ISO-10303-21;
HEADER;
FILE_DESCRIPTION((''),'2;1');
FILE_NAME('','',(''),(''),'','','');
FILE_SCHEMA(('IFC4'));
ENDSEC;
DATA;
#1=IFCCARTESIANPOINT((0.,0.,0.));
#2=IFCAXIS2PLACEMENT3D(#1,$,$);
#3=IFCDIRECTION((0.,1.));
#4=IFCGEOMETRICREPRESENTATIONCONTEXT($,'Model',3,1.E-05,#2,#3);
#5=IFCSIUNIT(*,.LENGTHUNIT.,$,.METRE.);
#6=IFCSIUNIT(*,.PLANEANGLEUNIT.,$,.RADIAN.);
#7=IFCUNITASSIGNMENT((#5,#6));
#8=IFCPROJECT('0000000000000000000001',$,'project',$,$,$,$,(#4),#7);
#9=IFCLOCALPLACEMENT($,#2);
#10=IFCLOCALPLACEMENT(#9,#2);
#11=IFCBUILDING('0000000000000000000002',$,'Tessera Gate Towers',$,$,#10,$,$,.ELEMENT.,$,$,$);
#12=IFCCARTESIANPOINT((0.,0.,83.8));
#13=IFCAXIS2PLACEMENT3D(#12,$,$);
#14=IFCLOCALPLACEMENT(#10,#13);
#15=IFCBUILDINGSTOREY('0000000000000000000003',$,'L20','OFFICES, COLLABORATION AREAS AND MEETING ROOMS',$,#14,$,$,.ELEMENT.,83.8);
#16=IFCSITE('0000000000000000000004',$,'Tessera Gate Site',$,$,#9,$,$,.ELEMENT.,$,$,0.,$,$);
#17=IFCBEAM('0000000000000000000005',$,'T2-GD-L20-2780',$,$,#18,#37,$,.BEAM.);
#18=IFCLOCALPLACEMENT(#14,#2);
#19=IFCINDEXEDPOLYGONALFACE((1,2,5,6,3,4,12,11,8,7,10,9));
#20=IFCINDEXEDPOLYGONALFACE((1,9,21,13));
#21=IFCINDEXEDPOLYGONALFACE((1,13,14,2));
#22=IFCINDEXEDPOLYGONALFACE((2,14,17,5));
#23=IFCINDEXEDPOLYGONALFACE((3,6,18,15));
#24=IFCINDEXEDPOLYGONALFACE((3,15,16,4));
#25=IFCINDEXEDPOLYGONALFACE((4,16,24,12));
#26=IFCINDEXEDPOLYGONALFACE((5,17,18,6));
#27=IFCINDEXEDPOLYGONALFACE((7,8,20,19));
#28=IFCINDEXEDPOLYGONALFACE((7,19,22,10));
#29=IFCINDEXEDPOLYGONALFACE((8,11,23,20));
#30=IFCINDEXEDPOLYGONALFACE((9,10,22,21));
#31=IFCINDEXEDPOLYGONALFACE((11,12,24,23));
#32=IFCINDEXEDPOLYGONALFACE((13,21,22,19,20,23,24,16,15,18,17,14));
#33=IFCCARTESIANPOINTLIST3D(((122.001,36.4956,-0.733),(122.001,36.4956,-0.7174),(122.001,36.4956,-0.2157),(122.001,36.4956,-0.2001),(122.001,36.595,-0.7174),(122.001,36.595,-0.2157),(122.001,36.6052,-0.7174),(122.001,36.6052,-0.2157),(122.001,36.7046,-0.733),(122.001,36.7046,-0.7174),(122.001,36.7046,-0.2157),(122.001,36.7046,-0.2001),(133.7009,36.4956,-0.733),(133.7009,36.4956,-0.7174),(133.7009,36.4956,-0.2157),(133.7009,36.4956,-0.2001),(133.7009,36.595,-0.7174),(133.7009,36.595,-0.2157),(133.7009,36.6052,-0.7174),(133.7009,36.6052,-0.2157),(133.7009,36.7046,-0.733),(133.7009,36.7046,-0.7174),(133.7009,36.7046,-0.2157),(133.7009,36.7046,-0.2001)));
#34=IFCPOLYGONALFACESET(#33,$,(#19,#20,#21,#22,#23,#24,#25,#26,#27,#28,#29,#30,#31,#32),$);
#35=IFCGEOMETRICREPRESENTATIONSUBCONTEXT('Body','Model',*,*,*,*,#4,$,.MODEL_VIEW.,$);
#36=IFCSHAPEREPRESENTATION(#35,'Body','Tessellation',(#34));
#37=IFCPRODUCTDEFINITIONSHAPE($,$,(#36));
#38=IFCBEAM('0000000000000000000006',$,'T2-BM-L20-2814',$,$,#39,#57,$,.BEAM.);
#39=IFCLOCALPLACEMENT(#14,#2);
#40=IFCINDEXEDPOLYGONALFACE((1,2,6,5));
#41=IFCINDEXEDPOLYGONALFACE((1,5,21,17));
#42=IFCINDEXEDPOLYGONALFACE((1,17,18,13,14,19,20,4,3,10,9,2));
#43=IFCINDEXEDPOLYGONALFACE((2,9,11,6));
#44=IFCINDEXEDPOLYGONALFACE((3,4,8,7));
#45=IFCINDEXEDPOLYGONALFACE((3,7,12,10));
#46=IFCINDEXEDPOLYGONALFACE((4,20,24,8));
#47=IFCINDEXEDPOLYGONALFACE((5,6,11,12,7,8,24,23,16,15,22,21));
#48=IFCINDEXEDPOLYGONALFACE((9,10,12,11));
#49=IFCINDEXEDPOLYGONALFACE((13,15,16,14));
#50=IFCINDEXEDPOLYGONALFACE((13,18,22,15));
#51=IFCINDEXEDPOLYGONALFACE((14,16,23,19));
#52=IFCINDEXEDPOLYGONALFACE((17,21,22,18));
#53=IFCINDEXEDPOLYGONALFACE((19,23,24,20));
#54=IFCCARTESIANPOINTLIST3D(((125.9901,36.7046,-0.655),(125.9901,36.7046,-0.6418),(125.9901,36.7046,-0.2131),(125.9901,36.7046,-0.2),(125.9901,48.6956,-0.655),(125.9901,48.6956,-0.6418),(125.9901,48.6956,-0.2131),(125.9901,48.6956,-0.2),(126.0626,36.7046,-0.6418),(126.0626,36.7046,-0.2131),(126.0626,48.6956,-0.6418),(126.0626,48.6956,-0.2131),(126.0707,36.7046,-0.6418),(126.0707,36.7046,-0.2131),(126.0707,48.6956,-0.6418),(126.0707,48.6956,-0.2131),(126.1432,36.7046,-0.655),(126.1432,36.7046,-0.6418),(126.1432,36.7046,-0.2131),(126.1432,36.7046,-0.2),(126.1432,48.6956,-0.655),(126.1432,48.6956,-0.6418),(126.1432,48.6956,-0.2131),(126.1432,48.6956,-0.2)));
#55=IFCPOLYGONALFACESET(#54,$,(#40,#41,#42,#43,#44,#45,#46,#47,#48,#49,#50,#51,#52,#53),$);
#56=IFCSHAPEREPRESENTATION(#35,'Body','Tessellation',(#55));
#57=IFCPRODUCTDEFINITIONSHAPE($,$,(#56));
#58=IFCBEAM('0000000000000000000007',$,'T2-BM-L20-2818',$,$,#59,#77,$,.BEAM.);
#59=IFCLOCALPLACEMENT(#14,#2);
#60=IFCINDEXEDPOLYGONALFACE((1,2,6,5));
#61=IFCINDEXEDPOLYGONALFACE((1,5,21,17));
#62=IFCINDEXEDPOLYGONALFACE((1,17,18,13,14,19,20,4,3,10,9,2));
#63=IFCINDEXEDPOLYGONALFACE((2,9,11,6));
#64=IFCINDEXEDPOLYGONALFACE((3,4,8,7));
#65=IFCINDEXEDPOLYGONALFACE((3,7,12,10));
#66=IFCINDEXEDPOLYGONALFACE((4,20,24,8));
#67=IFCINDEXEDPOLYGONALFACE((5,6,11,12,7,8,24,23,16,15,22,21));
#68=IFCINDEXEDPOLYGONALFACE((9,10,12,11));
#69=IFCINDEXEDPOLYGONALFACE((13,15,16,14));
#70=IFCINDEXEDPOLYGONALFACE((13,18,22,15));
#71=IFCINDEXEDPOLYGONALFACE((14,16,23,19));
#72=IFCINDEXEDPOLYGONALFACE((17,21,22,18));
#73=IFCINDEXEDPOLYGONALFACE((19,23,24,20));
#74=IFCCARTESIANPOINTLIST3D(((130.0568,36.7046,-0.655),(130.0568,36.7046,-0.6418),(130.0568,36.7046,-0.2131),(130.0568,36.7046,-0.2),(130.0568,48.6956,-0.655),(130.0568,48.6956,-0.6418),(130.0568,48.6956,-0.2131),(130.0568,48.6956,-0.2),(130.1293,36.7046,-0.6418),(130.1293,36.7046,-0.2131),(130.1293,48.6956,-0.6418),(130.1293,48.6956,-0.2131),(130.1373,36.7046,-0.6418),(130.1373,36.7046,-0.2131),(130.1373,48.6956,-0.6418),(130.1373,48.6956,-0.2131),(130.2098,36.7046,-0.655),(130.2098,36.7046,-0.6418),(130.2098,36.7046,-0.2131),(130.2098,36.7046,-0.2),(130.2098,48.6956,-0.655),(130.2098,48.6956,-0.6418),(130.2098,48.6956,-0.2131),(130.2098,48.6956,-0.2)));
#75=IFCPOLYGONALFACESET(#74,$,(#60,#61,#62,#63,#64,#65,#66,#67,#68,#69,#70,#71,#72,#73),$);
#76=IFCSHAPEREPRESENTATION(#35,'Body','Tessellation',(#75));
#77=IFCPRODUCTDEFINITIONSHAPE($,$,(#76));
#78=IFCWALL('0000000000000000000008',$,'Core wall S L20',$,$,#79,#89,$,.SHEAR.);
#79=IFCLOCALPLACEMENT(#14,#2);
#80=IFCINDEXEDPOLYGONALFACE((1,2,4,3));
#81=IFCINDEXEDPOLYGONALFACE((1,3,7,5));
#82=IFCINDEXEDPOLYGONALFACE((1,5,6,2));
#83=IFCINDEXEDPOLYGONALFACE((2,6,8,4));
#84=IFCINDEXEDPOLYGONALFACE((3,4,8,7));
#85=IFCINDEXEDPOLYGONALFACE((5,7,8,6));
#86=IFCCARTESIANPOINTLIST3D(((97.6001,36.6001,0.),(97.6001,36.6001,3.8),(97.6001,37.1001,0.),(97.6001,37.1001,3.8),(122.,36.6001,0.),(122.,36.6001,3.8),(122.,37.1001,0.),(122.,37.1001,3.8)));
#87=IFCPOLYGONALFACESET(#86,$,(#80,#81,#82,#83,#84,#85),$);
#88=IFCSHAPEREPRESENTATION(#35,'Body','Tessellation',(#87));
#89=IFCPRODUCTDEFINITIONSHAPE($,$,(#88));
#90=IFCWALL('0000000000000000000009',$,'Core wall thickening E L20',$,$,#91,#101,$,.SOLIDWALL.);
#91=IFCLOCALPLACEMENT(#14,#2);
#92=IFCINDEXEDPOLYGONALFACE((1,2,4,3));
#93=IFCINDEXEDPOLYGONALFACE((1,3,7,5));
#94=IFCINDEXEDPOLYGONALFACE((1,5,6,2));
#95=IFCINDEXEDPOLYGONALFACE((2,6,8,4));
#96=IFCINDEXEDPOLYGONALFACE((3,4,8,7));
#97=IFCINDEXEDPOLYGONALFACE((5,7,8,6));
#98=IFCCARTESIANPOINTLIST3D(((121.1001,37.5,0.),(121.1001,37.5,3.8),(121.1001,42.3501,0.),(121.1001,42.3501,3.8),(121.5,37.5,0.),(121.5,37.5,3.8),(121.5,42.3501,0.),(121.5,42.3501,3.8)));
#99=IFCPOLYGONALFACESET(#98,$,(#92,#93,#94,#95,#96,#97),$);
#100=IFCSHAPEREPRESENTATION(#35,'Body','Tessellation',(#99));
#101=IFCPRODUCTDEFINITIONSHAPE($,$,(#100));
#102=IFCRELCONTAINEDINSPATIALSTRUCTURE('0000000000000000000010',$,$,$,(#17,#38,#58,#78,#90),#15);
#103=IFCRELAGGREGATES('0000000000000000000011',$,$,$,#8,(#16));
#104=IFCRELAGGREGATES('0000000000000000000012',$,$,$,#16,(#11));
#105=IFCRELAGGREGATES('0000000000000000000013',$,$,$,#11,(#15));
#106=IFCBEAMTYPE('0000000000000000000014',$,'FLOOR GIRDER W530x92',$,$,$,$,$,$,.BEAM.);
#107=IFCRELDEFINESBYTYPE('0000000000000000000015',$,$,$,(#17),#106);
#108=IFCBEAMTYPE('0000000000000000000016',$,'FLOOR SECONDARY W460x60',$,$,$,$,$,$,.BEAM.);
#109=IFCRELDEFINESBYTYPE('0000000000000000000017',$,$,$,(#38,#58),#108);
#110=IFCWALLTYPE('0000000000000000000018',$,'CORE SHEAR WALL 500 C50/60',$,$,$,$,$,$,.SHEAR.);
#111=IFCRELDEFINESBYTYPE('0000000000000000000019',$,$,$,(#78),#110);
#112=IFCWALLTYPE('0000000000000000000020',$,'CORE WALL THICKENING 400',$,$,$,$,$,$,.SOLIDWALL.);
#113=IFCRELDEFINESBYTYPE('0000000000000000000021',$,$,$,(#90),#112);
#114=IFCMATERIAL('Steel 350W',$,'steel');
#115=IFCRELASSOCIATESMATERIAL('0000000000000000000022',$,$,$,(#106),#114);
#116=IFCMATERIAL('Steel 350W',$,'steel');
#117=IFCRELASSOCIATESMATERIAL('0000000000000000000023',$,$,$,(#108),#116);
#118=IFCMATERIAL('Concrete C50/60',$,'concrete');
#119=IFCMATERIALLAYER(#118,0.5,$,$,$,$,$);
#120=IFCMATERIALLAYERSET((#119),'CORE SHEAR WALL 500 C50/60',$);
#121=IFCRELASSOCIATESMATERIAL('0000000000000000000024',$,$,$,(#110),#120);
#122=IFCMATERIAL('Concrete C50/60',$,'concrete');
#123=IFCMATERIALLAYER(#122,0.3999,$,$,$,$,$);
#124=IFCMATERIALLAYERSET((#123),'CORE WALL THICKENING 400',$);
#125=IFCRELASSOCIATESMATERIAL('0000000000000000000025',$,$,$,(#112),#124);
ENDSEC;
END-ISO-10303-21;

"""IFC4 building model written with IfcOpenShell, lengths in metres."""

from ifc_helpers import new_model, si_unit, direction, frame, frame_2d, origin, origin_2d, place, context, subcontext, project, spatial, rectangle, i_section, extrude, material, layer, layer_set, material_profile, profile_set, type_object, element, save


model = new_model("IFC4")

# Units and contexts
model_context = context("Model", 3, precision=1e-05, world=origin(), true_north=direction((0.0, 1.0)))
body_context = subcontext(model_context, "Body", "Model", "MODEL_VIEW")
ifc_project = project(units=[si_unit("LENGTHUNIT", "METRE"), si_unit("PLANEANGLEUNIT", "RADIAN")], contexts=[model_context])

# Site, building, storey
site_placement = place(None, origin())
site = spatial("IfcSite", under=ifc_project, at=site_placement, Name="Tessera Gate Site", CompositionType="ELEMENT", RefElevation=0.0)
building_placement = place(site_placement, origin())
building = spatial("IfcBuilding", under=site, at=building_placement, Name="Tessera Gate Towers", CompositionType="ELEMENT")
storey_placement = place(building_placement, frame((0.0, 0.0, 83.8)))
storey = spatial("IfcBuildingStorey", under=building, at=storey_placement, Name="L20", Description="OFFICES, COLLABORATION AREAS AND MEETING ROOMS", CompositionType="ELEMENT", Elevation=83.8)

# Beams
ifc_material_1 = material(Name="Steel 350W", Category="steel")
ifc_material_profile_1 = material_profile(ifc_material_1, i_section(OverallWidth=0.209, OverallDepth=0.533, WebThickness=0.0103, FlangeThickness=0.0156, at=origin_2d()), Name="W530x92")
ifc_profile_set_1 = profile_set([ifc_material_profile_1], Name="Steel 350W")
beam_type_1 = type_object("IfcBeamType", Name="FLOOR GIRDER W530x92", PredefinedType="BEAM", material=ifc_profile_set_1)
beam_placement = place(storey_placement, frame((122.001, 36.6001, -0.4666), z_axis=(1.0, 0.0, 0.0), x_axis=(0.0, 1.0, 0.0)))
element("IfcBeam", 1, at=beam_placement, inside=storey, type_object=beam_type_1, Name="T2-GD-L20-2780", PredefinedType="BEAM", context=body_context, shape_type="SweptSolid", body=[
    extrude(i_section(OverallWidth=0.209, OverallDepth=0.533, WebThickness=0.0103, FlangeThickness=0.0156, at=origin_2d()), origin(), (0.0, 0.0, 1.0), 11.7),
])
ifc_material_2 = material(Name="Steel 350W", Category="steel")
ifc_material_profile_2 = material_profile(ifc_material_2, i_section(OverallWidth=0.1531, OverallDepth=0.4551, WebThickness=0.0081, FlangeThickness=0.0132, at=origin_2d()), Name="W460x60")
ifc_profile_set_2 = profile_set([ifc_material_profile_2], Name="Steel 350W")
beam_type_2 = type_object("IfcBeamType", Name="FLOOR SECONDARY W460x60", PredefinedType="BEAM", material=ifc_profile_set_2)
for number, where, z_axis, x_axis, name in (
    (2, (126.0667, 36.7046, -0.4275), (0.0, 1.0, 0.0), (-1.0, 0.0, 0.0), "T2-BM-L20-2814"),
    (3, (130.1333, 36.7046, -0.4275), (0.0, 1.0, 0.0), (-1.0, 0.0, 0.0), "T2-BM-L20-2818"),
):
    element("IfcBeam", number, at=place(storey_placement, frame(where, z_axis=z_axis, x_axis=x_axis)), inside=storey, type_object=beam_type_2, Name=name, PredefinedType="BEAM", context=body_context, shape_type="SweptSolid", body=[
        extrude(i_section(OverallWidth=0.1531, OverallDepth=0.4551, WebThickness=0.0081, FlangeThickness=0.0132, at=origin_2d()), origin(), (0.0, 0.0, 1.0), 11.991),
    ])

# Walls
ifc_material_3 = material(Name="Concrete C50/60", Category="concrete")
ifc_layer_1 = layer(ifc_material_3, 0.5)
ifc_layer_set_1 = layer_set([ifc_layer_1], Name="CORE SHEAR WALL 500 C50/60")
wall_type_1 = type_object("IfcWallType", Name="CORE SHEAR WALL 500 C50/60", PredefinedType="SHEAR", material=ifc_layer_set_1)
wall_1_placement = place(storey_placement, frame((122.0, 36.8501, 0.0), z_axis=(0.0, 0.0, 1.0), x_axis=(-1.0, 0.0, 0.0)))
element("IfcWall", 4, at=wall_1_placement, inside=storey, type_object=wall_type_1, Name="Core wall S L20", PredefinedType="SHEAR", context=body_context, shape_type="SweptSolid", body=[
    extrude(rectangle(XDim=24.3999, YDim=0.5, at=frame_2d((12.2, 0.0))), origin(), (0.0, 0.0, 1.0), 3.8),
])
ifc_material_4 = material(Name="Concrete C50/60", Category="concrete")
ifc_layer_2 = layer(ifc_material_4, 0.3999)
ifc_layer_set_2 = layer_set([ifc_layer_2], Name="CORE WALL THICKENING 400")
wall_type_2 = type_object("IfcWallType", Name="CORE WALL THICKENING 400", PredefinedType="SOLIDWALL", material=ifc_layer_set_2)
wall_2_placement = place(storey_placement, frame((121.3, 37.5, 0.0), z_axis=(0.0, 0.0, 1.0), x_axis=(0.0, 1.0, 0.0)))
element("IfcWall", 5, at=wall_2_placement, inside=storey, type_object=wall_type_2, Name="Core wall thickening E L20", PredefinedType="SOLIDWALL", context=body_context, shape_type="SweptSolid", body=[
    extrude(rectangle(XDim=4.8501, YDim=0.3999, at=frame_2d((2.425, 0.0))), origin(), (0.0, 0.0, 1.0), 3.8),
])

save(model, "model.ifc")
